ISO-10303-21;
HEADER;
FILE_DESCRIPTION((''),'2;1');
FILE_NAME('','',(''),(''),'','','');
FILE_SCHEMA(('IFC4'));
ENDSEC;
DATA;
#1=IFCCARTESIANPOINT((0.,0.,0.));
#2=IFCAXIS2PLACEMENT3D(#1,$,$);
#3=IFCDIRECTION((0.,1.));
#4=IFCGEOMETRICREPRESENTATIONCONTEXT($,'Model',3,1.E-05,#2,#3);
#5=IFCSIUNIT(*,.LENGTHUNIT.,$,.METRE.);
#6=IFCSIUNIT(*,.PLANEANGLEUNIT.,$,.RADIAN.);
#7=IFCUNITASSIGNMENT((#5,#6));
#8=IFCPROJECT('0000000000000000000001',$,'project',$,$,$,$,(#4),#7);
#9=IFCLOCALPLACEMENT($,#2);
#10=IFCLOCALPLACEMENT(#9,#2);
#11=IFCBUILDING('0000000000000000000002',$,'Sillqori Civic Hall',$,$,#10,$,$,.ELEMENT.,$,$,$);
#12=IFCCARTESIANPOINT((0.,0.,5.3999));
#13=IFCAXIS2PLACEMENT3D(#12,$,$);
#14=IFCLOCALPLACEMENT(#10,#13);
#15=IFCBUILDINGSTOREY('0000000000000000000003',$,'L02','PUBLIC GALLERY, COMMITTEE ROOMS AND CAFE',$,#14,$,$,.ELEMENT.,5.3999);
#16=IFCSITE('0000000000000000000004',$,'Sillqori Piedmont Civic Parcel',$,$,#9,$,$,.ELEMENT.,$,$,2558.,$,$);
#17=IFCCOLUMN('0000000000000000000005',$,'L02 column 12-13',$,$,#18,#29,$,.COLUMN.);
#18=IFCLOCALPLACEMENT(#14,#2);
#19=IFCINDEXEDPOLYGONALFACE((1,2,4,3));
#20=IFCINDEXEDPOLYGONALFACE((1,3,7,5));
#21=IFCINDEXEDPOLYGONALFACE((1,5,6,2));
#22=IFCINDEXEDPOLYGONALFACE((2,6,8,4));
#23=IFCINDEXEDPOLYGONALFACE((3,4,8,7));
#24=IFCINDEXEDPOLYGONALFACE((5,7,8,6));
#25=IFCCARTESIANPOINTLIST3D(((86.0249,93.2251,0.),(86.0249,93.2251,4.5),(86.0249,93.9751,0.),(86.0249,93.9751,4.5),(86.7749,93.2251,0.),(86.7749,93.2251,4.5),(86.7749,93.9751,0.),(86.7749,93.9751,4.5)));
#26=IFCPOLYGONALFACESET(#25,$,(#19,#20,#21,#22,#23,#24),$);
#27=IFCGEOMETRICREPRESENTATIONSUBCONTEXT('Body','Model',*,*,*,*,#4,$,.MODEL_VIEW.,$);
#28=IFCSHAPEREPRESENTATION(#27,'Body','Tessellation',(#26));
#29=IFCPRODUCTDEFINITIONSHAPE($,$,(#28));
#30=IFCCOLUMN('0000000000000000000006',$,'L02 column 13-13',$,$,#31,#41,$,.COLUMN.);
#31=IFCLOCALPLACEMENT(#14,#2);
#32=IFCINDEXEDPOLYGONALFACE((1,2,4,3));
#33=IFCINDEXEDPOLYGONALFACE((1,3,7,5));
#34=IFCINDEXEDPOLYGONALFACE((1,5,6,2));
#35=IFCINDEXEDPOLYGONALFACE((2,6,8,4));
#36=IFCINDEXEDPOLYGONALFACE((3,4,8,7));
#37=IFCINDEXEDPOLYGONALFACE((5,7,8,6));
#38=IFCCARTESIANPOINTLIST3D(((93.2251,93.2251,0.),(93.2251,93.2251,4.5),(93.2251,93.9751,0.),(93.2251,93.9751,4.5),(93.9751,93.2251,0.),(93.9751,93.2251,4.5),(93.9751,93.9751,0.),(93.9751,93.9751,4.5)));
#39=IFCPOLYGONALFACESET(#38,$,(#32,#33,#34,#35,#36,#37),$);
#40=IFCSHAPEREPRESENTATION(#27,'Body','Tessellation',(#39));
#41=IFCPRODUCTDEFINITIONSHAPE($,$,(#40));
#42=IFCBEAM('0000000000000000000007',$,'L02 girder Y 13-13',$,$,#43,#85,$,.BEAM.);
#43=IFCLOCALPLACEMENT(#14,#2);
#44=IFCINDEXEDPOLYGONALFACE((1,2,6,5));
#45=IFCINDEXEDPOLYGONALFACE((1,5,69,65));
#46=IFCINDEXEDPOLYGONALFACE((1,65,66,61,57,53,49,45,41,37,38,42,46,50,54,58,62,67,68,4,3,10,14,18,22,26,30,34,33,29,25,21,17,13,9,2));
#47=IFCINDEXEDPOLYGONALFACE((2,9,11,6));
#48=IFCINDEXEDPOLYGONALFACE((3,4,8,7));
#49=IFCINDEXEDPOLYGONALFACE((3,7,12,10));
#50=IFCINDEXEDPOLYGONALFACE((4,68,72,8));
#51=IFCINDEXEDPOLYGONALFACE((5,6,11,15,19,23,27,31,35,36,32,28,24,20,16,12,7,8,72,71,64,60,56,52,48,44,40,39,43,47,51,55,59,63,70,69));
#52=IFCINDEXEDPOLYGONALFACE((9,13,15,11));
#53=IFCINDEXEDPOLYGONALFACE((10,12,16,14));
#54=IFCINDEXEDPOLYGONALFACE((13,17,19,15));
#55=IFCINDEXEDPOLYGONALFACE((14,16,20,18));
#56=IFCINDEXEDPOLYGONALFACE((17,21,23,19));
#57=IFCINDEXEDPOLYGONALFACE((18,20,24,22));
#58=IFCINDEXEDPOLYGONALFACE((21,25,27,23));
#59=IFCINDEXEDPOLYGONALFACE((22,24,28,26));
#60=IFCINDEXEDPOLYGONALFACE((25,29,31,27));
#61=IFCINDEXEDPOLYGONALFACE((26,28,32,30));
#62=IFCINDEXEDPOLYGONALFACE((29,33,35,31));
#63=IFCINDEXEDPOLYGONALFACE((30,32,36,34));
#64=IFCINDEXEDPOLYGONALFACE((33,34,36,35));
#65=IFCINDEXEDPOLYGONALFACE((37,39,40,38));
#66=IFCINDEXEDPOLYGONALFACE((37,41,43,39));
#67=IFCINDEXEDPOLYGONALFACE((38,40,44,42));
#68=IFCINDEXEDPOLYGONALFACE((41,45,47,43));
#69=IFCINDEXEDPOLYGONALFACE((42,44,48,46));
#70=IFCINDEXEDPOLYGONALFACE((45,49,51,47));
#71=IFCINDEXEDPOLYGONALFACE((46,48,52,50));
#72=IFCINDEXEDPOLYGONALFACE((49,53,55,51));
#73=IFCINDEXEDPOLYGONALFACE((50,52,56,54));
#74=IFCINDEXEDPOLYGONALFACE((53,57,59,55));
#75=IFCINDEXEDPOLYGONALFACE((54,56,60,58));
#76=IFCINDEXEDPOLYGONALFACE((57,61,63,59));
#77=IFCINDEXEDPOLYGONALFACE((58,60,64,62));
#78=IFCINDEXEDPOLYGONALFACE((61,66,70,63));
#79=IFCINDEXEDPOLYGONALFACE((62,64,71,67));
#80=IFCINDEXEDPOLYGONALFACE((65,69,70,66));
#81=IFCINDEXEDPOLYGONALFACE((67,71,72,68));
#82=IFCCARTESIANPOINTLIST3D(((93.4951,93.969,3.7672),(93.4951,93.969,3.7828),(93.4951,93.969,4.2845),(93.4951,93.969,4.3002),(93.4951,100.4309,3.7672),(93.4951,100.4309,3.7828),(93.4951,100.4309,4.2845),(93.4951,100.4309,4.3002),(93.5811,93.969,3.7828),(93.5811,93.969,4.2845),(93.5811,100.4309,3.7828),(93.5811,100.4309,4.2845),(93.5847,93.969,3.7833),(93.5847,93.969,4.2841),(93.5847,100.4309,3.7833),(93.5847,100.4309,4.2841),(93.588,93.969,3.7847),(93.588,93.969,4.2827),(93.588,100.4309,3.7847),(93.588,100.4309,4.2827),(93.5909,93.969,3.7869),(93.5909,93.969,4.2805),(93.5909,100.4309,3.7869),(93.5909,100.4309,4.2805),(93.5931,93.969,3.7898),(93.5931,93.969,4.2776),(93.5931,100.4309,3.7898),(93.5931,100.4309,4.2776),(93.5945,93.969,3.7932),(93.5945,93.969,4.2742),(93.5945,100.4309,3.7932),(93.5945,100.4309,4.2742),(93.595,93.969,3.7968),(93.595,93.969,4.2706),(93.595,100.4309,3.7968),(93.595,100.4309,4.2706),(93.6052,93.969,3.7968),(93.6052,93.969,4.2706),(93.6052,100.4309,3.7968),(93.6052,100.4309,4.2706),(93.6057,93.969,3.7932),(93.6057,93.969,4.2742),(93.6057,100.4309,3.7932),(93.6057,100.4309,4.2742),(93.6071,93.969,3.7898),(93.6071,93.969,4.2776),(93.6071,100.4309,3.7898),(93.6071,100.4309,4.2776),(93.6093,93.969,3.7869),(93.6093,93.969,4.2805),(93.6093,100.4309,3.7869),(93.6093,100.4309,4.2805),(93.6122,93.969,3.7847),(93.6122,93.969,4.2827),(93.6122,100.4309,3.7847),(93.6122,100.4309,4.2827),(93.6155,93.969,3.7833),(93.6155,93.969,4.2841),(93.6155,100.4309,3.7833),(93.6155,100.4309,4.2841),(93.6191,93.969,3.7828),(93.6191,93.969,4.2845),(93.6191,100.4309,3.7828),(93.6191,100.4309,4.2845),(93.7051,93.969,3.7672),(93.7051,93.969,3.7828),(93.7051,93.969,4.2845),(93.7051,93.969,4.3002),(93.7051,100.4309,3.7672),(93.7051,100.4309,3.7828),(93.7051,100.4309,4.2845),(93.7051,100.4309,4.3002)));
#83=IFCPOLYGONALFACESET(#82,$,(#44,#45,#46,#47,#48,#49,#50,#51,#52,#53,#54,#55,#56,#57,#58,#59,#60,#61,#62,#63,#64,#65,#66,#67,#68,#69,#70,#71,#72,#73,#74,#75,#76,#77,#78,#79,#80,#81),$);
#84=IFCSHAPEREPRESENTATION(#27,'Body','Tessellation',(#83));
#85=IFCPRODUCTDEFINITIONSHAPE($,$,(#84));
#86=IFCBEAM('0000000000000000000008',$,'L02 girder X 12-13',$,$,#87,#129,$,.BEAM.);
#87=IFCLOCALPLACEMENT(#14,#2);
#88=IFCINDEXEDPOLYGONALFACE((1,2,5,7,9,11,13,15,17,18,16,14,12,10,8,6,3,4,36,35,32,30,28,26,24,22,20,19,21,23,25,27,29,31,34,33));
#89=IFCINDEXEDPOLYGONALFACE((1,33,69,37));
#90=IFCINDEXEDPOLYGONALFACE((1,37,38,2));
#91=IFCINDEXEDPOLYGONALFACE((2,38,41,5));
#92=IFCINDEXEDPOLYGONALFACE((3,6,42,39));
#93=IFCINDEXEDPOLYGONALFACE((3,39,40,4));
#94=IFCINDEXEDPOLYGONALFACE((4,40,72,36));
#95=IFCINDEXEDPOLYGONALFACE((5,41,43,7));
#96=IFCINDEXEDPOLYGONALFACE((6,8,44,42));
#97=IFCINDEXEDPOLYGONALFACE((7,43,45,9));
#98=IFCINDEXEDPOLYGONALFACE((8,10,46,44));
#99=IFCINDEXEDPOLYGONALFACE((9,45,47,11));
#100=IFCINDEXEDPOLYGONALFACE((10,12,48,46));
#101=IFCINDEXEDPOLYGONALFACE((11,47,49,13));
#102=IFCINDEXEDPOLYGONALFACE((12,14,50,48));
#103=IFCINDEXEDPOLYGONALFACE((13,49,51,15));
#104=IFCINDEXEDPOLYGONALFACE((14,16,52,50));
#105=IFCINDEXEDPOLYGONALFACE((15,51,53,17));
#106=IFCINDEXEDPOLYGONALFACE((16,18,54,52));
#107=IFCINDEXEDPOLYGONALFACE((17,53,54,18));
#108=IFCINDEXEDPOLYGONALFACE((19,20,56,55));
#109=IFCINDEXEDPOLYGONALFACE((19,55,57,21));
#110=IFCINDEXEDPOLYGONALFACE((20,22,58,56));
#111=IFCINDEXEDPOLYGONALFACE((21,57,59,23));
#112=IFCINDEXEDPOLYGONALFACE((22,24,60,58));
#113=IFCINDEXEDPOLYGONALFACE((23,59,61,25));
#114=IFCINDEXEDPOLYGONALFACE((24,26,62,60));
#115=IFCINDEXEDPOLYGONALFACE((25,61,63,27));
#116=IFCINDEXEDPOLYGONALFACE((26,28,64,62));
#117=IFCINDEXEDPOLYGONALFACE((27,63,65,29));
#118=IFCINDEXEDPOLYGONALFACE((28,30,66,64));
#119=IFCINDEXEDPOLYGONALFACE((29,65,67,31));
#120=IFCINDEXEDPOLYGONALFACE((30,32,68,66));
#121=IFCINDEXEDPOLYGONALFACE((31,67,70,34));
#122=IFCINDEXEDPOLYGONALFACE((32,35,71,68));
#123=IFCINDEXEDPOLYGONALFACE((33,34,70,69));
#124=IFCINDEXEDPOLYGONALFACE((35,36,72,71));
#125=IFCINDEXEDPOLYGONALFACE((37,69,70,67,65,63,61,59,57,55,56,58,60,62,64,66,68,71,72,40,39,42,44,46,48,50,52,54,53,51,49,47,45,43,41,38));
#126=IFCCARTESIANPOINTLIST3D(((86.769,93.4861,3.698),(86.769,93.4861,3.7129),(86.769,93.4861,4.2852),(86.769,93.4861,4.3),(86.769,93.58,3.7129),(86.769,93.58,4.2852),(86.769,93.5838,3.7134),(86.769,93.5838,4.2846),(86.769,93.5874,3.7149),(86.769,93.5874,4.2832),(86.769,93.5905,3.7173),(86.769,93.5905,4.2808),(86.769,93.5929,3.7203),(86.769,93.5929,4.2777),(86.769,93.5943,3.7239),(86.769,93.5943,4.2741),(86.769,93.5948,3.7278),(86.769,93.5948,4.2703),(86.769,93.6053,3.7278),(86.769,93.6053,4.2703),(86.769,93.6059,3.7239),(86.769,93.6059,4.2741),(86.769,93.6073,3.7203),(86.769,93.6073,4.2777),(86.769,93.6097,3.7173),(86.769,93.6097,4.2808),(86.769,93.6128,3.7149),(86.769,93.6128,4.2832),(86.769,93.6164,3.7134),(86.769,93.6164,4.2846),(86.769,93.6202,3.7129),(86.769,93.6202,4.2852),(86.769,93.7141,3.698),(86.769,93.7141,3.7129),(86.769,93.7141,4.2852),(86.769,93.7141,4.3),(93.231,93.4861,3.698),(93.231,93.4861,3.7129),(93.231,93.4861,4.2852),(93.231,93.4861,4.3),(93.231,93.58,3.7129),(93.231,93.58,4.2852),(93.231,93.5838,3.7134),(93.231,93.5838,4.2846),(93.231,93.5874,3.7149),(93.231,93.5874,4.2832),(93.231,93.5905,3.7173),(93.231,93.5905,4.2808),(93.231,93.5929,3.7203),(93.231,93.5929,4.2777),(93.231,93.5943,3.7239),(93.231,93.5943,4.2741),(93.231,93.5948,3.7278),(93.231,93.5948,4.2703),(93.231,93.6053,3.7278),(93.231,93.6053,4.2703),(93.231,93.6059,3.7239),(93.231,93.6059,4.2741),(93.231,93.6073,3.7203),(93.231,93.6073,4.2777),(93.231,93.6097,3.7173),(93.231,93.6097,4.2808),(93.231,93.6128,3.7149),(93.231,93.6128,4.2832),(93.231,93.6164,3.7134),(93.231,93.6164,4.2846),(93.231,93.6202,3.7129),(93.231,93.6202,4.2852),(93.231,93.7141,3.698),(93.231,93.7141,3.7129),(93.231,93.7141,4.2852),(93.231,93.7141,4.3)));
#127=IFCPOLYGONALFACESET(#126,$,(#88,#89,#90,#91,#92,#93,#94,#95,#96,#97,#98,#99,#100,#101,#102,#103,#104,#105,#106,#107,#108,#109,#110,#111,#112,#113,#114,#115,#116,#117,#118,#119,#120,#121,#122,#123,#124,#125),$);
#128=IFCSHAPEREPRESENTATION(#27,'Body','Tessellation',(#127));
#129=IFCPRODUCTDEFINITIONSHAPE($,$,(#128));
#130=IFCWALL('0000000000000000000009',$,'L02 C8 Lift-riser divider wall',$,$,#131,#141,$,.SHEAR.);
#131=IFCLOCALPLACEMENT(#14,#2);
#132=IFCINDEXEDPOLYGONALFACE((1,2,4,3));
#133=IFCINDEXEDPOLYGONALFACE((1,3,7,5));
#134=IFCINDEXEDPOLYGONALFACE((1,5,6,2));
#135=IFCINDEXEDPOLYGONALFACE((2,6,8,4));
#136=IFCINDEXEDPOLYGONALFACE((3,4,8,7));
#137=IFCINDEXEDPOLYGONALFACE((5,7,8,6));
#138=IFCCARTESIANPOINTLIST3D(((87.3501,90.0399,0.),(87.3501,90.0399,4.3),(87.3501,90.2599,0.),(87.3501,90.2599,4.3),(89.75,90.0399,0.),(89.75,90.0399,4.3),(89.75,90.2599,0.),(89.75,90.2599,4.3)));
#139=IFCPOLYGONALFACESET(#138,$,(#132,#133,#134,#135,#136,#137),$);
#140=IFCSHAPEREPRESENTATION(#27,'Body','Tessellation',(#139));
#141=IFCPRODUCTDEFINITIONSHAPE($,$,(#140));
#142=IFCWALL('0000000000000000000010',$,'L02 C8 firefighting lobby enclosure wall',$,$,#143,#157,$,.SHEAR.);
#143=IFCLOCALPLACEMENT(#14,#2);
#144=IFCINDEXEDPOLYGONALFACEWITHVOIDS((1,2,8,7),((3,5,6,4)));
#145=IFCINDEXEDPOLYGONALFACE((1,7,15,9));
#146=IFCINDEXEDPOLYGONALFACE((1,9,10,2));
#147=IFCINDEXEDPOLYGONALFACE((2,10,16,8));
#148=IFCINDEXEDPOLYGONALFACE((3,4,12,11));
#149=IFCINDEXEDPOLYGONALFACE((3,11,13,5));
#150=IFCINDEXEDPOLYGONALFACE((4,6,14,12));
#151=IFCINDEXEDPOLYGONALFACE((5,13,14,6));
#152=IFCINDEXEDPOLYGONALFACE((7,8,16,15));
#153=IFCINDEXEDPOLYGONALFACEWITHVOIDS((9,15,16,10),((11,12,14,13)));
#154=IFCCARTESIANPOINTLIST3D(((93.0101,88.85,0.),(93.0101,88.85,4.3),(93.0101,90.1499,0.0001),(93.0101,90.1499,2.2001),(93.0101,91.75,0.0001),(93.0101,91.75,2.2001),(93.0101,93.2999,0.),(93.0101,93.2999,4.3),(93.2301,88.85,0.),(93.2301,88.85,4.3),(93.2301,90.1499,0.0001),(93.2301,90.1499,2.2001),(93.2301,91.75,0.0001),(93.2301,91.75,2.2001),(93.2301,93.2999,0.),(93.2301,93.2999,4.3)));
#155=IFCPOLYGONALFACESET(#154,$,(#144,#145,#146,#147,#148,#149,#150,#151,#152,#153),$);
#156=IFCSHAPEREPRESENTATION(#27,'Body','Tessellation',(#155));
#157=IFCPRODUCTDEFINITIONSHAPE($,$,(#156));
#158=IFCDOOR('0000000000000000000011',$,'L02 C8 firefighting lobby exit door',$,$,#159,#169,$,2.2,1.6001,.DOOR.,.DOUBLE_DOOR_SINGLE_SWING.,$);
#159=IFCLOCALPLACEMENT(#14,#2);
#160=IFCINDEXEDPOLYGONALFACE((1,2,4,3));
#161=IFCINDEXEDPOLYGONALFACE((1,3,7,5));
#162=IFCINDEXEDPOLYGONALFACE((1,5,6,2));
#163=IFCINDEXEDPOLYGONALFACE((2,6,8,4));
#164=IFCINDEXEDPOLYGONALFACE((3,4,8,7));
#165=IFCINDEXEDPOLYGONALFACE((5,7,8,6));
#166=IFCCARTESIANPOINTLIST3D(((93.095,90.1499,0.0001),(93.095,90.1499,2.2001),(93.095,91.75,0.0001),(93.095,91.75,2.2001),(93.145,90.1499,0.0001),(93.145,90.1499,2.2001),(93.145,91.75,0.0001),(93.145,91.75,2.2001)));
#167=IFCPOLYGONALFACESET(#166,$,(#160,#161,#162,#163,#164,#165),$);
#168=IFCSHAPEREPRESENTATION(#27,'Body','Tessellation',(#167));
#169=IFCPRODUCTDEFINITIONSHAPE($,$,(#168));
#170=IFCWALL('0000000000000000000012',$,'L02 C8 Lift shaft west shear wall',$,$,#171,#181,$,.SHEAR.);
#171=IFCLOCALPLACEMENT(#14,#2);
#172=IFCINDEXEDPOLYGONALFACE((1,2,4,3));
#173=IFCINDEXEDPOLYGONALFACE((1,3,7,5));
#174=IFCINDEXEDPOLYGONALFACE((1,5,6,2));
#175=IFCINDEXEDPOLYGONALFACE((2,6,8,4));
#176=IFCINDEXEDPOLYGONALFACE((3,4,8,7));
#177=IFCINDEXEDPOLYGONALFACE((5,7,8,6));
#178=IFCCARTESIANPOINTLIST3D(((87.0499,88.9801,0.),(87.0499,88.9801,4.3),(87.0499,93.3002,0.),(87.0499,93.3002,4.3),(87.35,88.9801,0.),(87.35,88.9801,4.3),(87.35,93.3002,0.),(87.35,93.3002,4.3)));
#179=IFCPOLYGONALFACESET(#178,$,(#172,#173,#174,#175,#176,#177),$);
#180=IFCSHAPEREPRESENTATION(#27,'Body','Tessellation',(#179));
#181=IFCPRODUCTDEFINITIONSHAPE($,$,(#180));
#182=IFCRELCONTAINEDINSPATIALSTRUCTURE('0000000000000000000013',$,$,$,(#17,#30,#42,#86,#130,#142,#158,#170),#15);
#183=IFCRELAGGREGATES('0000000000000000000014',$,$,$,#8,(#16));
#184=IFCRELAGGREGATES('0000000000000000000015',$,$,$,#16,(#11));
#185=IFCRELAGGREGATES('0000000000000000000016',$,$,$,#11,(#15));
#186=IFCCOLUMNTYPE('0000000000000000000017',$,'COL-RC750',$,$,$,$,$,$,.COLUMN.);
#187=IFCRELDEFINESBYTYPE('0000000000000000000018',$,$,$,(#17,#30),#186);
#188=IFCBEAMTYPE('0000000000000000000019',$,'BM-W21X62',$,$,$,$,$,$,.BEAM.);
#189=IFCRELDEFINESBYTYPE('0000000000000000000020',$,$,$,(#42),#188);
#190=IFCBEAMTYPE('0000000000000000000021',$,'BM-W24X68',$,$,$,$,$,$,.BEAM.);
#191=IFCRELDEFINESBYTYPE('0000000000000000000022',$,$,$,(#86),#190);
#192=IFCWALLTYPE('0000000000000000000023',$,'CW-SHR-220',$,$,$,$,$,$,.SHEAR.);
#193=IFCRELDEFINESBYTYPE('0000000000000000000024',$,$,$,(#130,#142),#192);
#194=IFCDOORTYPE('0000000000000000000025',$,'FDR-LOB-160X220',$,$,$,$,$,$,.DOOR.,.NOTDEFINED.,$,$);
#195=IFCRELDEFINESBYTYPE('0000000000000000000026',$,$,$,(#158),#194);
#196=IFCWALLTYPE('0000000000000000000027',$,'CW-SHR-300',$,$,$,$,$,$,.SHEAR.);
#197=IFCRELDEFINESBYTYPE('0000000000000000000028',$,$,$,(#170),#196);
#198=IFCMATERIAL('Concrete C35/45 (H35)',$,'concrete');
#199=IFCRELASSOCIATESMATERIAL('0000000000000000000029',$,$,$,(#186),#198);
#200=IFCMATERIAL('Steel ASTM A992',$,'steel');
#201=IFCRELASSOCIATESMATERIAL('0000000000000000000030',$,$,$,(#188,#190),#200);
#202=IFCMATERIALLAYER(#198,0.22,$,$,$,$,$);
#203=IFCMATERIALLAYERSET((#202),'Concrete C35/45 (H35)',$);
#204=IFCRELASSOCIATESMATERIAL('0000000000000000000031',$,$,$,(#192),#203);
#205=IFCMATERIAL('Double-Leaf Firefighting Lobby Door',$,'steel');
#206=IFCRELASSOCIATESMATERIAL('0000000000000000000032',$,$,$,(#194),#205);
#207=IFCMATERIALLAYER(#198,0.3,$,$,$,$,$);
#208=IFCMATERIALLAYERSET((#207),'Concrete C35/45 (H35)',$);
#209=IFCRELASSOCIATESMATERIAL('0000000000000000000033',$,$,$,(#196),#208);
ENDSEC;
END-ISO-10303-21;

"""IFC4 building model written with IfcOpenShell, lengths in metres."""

from ifc_helpers import new_model, si_unit, direction, frame, frame_2d, origin, origin_2d, place, context, subcontext, project, spatial, rectangle, i_section, extrude, material, layer, layer_set, material_profile, profile_set, type_object, element, fill, save


model = new_model("IFC4")

# Units and contexts
model_context = context("Model", 3, precision=1e-05, world=origin(), true_north=direction((0.0, 1.0)))
body_context = subcontext(model_context, "Body", "Model", "MODEL_VIEW")
ifc_project = project(units=[si_unit("LENGTHUNIT", "METRE"), si_unit("PLANEANGLEUNIT", "RADIAN")], contexts=[model_context])

# Site, building, storey
site_placement = place(None, origin())
site = spatial("IfcSite", under=ifc_project, at=site_placement, Name="Sillqori Piedmont Civic Parcel", CompositionType="ELEMENT", RefElevation=2558.0)
building_placement = place(site_placement, origin())
building = spatial("IfcBuilding", under=site, at=building_placement, Name="Sillqori Civic Hall", CompositionType="ELEMENT")
storey_placement = place(building_placement, frame((0.0, 0.0, 5.3999)))
storey = spatial("IfcBuildingStorey", under=building, at=storey_placement, Name="L02", Description="PUBLIC GALLERY, COMMITTEE ROOMS AND CAFE", CompositionType="ELEMENT", Elevation=5.3999)

# Columns
ifc_material_1 = material(Name="Concrete C35/45 (H35)", Category="concrete")
ifc_material_profile_1 = material_profile(ifc_material_1, rectangle(XDim=0.75, YDim=0.75, at=origin_2d()), Name="RC 750x750")
ifc_profile_set_1 = profile_set([ifc_material_profile_1], Name="Concrete C35/45 (H35)")
column_type = type_object("IfcColumnType", Name="COL-RC750", PredefinedType="COLUMN", material=ifc_profile_set_1)
for number, where, z_axis, x_axis, name in (
    (1, (86.3999, 93.6001, 0.0), (0.0, 0.0, 1.0), (1.0, 0.0, 0.0), "L02 column 12-13"),
    (2, (93.6001, 93.6001, 0.0), (0.0, 0.0, 1.0), (1.0, 0.0, 0.0), "L02 column 13-13"),
):
    element("IfcColumn", number, at=place(storey_placement, frame(where, z_axis=z_axis, x_axis=x_axis)), inside=storey, type_object=column_type, Name=name, PredefinedType="COLUMN", context=body_context, shape_type="SweptSolid", body=[
        extrude(rectangle(XDim=0.75, YDim=0.75, at=origin_2d()), origin(), (0.0, 0.0, 1.0), 4.5),
    ])

# Beams
ifc_material_2 = material(Name="Steel ASTM A992", Category="steel")
ifc_material_profile_2 = material_profile(ifc_material_2, i_section(OverallWidth=0.21, OverallDepth=0.533, WebThickness=0.0103, FlangeThickness=0.0156, FilletRadius=0.0139, at=origin_2d()), Name="W21X62")
ifc_profile_set_2 = profile_set([ifc_material_profile_2], Name="Steel ASTM A992")
beam_type_1 = type_object("IfcBeamType", Name="BM-W21X62", PredefinedType="BEAM", material=ifc_profile_set_2)
beam_1_placement = place(storey_placement, frame((93.6001, 93.969, 4.0337), z_axis=(0.0, 1.0, 0.0), x_axis=(-1.0, 0.0, 0.0)))
element("IfcBeam", 3, at=beam_1_placement, inside=storey, type_object=beam_type_1, Name="L02 girder Y 13-13", PredefinedType="BEAM", context=body_context, shape_type="SweptSolid", body=[
    extrude(i_section(OverallWidth=0.21, OverallDepth=0.533, WebThickness=0.0103, FlangeThickness=0.0156, FilletRadius=0.0139, at=origin_2d()), origin(), (0.0, 0.0, 1.0), 6.4619),
])
ifc_material_profile_3 = material_profile(ifc_material_2, i_section(OverallWidth=0.228, OverallDepth=0.6021, WebThickness=0.0105, FlangeThickness=0.0149, FilletRadius=0.0149, at=origin_2d()), Name="W24X68")
ifc_profile_set_3 = profile_set([ifc_material_profile_3], Name="Steel ASTM A992")
beam_type_2 = type_object("IfcBeamType", Name="BM-W24X68", PredefinedType="BEAM", material=ifc_profile_set_3)
beam_2_placement = place(storey_placement, frame((86.769, 93.6001, 3.999), z_axis=(1.0, 0.0, 0.0), x_axis=(0.0, 1.0, 0.0)))
element("IfcBeam", 4, at=beam_2_placement, inside=storey, type_object=beam_type_2, Name="L02 girder X 12-13", PredefinedType="BEAM", context=body_context, shape_type="SweptSolid", body=[
    extrude(i_section(OverallWidth=0.228, OverallDepth=0.6021, WebThickness=0.0105, FlangeThickness=0.0149, FilletRadius=0.0149, at=origin_2d()), origin(), (0.0, 0.0, 1.0), 6.4619),
])

# Wall
ifc_layer_1 = layer(ifc_material_1, 0.22)
ifc_layer_set_1 = layer_set([ifc_layer_1], Name="Concrete C35/45 (H35)")
wall_type_1 = type_object("IfcWallType", Name="CW-SHR-220", PredefinedType="SHEAR", material=ifc_layer_set_1)
wall_1_placement = place(storey_placement, frame((87.3501, 90.1499, 0.0), z_axis=(0.0, 0.0, 1.0), x_axis=(1.0, 0.0, 0.0)))
element("IfcWall", 5, at=wall_1_placement, inside=storey, type_object=wall_type_1, Name="L02 C8 Lift-riser divider wall", PredefinedType="SHEAR", context=body_context, shape_type="SweptSolid", body=[
    extrude(rectangle(XDim=2.3999, YDim=0.22, at=frame_2d((1.2, 0.0))), origin(), (0.0, 0.0, 1.0), 4.3),
])

# Wall, opening, door
wall_2_placement = place(storey_placement, frame((93.1201, 93.3, 0.0), z_axis=(0.0, 0.0, 1.0), x_axis=(0.0, -1.0, 0.0)))
wall_2 = element("IfcWall", 6, at=wall_2_placement, inside=storey, type_object=wall_type_1, Name="L02 C8 firefighting lobby enclosure wall", PredefinedType="SHEAR", context=body_context, shape_type="SweptSolid", body=[
    extrude(rectangle(XDim=4.45, YDim=0.22, at=frame_2d((2.2251, 0.0))), origin(), (0.0, 0.0, 1.0), 4.3),
])
opening_1_placement = place(wall_2_placement, frame((1.55, 0.0, 0.0)))
opening_1 = element("IfcOpeningElement", 7, at=opening_1_placement, cuts=wall_2, PredefinedType="OPENING", context=body_context, shape_type="SweptSolid", body=[
    extrude(rectangle(XDim=1.6001, YDim=2.2, at=frame_2d((0.8, 1.1001))), frame((0.0, 0.1199, 0.0), z_axis=(0.0, -1.0, 0.0), x_axis=(1.0, 0.0, 0.0)), (0.0, 0.0, 1.0), 0.24),
])
ifc_material_3 = material(Name="Double-Leaf Firefighting Lobby Door", Category="steel")
door_type_1 = type_object("IfcDoorType", Name="FDR-LOB-160X220", OperationType="NOTDEFINED", PredefinedType="DOOR", material=ifc_material_3)
door_1_placement = place(opening_1_placement, origin())
door_1 = element("IfcDoor", 8, at=door_1_placement, inside=storey, type_object=door_type_1, Name="L02 C8 firefighting lobby exit door", OperationType="DOUBLE_DOOR_SINGLE_SWING", OverallHeight=2.2, OverallWidth=1.6001, PredefinedType="DOOR", context=body_context, shape_type="SweptSolid", body=[
    extrude(rectangle(XDim=1.6001, YDim=2.2, at=frame_2d((0.8, 1.1001))), frame((0.0, 0.0249, 0.0), z_axis=(0.0, -1.0, 0.0), x_axis=(1.0, 0.0, 0.0)), (0.0, 0.0, 1.0), 0.05),
])
fill(opening_1, door_1)

# Wall
ifc_layer_2 = layer(ifc_material_1, 0.3)
ifc_layer_set_2 = layer_set([ifc_layer_2], Name="Concrete C35/45 (H35)")
wall_type_2 = type_object("IfcWallType", Name="CW-SHR-300", PredefinedType="SHEAR", material=ifc_layer_set_2)
wall_3_placement = place(storey_placement, frame((87.2, 88.98, 0.0), z_axis=(0.0, 0.0, 1.0), x_axis=(0.0, 1.0, 0.0)))
element("IfcWall", 9, at=wall_3_placement, inside=storey, type_object=wall_type_2, Name="L02 C8 Lift shaft west shear wall", PredefinedType="SHEAR", context=body_context, shape_type="SweptSolid", body=[
    extrude(rectangle(XDim=4.3201, YDim=0.3, at=frame_2d((2.1602, 0.0))), origin(), (0.0, 0.0, 1.0), 4.3),
])

save(model, "model.ifc")
